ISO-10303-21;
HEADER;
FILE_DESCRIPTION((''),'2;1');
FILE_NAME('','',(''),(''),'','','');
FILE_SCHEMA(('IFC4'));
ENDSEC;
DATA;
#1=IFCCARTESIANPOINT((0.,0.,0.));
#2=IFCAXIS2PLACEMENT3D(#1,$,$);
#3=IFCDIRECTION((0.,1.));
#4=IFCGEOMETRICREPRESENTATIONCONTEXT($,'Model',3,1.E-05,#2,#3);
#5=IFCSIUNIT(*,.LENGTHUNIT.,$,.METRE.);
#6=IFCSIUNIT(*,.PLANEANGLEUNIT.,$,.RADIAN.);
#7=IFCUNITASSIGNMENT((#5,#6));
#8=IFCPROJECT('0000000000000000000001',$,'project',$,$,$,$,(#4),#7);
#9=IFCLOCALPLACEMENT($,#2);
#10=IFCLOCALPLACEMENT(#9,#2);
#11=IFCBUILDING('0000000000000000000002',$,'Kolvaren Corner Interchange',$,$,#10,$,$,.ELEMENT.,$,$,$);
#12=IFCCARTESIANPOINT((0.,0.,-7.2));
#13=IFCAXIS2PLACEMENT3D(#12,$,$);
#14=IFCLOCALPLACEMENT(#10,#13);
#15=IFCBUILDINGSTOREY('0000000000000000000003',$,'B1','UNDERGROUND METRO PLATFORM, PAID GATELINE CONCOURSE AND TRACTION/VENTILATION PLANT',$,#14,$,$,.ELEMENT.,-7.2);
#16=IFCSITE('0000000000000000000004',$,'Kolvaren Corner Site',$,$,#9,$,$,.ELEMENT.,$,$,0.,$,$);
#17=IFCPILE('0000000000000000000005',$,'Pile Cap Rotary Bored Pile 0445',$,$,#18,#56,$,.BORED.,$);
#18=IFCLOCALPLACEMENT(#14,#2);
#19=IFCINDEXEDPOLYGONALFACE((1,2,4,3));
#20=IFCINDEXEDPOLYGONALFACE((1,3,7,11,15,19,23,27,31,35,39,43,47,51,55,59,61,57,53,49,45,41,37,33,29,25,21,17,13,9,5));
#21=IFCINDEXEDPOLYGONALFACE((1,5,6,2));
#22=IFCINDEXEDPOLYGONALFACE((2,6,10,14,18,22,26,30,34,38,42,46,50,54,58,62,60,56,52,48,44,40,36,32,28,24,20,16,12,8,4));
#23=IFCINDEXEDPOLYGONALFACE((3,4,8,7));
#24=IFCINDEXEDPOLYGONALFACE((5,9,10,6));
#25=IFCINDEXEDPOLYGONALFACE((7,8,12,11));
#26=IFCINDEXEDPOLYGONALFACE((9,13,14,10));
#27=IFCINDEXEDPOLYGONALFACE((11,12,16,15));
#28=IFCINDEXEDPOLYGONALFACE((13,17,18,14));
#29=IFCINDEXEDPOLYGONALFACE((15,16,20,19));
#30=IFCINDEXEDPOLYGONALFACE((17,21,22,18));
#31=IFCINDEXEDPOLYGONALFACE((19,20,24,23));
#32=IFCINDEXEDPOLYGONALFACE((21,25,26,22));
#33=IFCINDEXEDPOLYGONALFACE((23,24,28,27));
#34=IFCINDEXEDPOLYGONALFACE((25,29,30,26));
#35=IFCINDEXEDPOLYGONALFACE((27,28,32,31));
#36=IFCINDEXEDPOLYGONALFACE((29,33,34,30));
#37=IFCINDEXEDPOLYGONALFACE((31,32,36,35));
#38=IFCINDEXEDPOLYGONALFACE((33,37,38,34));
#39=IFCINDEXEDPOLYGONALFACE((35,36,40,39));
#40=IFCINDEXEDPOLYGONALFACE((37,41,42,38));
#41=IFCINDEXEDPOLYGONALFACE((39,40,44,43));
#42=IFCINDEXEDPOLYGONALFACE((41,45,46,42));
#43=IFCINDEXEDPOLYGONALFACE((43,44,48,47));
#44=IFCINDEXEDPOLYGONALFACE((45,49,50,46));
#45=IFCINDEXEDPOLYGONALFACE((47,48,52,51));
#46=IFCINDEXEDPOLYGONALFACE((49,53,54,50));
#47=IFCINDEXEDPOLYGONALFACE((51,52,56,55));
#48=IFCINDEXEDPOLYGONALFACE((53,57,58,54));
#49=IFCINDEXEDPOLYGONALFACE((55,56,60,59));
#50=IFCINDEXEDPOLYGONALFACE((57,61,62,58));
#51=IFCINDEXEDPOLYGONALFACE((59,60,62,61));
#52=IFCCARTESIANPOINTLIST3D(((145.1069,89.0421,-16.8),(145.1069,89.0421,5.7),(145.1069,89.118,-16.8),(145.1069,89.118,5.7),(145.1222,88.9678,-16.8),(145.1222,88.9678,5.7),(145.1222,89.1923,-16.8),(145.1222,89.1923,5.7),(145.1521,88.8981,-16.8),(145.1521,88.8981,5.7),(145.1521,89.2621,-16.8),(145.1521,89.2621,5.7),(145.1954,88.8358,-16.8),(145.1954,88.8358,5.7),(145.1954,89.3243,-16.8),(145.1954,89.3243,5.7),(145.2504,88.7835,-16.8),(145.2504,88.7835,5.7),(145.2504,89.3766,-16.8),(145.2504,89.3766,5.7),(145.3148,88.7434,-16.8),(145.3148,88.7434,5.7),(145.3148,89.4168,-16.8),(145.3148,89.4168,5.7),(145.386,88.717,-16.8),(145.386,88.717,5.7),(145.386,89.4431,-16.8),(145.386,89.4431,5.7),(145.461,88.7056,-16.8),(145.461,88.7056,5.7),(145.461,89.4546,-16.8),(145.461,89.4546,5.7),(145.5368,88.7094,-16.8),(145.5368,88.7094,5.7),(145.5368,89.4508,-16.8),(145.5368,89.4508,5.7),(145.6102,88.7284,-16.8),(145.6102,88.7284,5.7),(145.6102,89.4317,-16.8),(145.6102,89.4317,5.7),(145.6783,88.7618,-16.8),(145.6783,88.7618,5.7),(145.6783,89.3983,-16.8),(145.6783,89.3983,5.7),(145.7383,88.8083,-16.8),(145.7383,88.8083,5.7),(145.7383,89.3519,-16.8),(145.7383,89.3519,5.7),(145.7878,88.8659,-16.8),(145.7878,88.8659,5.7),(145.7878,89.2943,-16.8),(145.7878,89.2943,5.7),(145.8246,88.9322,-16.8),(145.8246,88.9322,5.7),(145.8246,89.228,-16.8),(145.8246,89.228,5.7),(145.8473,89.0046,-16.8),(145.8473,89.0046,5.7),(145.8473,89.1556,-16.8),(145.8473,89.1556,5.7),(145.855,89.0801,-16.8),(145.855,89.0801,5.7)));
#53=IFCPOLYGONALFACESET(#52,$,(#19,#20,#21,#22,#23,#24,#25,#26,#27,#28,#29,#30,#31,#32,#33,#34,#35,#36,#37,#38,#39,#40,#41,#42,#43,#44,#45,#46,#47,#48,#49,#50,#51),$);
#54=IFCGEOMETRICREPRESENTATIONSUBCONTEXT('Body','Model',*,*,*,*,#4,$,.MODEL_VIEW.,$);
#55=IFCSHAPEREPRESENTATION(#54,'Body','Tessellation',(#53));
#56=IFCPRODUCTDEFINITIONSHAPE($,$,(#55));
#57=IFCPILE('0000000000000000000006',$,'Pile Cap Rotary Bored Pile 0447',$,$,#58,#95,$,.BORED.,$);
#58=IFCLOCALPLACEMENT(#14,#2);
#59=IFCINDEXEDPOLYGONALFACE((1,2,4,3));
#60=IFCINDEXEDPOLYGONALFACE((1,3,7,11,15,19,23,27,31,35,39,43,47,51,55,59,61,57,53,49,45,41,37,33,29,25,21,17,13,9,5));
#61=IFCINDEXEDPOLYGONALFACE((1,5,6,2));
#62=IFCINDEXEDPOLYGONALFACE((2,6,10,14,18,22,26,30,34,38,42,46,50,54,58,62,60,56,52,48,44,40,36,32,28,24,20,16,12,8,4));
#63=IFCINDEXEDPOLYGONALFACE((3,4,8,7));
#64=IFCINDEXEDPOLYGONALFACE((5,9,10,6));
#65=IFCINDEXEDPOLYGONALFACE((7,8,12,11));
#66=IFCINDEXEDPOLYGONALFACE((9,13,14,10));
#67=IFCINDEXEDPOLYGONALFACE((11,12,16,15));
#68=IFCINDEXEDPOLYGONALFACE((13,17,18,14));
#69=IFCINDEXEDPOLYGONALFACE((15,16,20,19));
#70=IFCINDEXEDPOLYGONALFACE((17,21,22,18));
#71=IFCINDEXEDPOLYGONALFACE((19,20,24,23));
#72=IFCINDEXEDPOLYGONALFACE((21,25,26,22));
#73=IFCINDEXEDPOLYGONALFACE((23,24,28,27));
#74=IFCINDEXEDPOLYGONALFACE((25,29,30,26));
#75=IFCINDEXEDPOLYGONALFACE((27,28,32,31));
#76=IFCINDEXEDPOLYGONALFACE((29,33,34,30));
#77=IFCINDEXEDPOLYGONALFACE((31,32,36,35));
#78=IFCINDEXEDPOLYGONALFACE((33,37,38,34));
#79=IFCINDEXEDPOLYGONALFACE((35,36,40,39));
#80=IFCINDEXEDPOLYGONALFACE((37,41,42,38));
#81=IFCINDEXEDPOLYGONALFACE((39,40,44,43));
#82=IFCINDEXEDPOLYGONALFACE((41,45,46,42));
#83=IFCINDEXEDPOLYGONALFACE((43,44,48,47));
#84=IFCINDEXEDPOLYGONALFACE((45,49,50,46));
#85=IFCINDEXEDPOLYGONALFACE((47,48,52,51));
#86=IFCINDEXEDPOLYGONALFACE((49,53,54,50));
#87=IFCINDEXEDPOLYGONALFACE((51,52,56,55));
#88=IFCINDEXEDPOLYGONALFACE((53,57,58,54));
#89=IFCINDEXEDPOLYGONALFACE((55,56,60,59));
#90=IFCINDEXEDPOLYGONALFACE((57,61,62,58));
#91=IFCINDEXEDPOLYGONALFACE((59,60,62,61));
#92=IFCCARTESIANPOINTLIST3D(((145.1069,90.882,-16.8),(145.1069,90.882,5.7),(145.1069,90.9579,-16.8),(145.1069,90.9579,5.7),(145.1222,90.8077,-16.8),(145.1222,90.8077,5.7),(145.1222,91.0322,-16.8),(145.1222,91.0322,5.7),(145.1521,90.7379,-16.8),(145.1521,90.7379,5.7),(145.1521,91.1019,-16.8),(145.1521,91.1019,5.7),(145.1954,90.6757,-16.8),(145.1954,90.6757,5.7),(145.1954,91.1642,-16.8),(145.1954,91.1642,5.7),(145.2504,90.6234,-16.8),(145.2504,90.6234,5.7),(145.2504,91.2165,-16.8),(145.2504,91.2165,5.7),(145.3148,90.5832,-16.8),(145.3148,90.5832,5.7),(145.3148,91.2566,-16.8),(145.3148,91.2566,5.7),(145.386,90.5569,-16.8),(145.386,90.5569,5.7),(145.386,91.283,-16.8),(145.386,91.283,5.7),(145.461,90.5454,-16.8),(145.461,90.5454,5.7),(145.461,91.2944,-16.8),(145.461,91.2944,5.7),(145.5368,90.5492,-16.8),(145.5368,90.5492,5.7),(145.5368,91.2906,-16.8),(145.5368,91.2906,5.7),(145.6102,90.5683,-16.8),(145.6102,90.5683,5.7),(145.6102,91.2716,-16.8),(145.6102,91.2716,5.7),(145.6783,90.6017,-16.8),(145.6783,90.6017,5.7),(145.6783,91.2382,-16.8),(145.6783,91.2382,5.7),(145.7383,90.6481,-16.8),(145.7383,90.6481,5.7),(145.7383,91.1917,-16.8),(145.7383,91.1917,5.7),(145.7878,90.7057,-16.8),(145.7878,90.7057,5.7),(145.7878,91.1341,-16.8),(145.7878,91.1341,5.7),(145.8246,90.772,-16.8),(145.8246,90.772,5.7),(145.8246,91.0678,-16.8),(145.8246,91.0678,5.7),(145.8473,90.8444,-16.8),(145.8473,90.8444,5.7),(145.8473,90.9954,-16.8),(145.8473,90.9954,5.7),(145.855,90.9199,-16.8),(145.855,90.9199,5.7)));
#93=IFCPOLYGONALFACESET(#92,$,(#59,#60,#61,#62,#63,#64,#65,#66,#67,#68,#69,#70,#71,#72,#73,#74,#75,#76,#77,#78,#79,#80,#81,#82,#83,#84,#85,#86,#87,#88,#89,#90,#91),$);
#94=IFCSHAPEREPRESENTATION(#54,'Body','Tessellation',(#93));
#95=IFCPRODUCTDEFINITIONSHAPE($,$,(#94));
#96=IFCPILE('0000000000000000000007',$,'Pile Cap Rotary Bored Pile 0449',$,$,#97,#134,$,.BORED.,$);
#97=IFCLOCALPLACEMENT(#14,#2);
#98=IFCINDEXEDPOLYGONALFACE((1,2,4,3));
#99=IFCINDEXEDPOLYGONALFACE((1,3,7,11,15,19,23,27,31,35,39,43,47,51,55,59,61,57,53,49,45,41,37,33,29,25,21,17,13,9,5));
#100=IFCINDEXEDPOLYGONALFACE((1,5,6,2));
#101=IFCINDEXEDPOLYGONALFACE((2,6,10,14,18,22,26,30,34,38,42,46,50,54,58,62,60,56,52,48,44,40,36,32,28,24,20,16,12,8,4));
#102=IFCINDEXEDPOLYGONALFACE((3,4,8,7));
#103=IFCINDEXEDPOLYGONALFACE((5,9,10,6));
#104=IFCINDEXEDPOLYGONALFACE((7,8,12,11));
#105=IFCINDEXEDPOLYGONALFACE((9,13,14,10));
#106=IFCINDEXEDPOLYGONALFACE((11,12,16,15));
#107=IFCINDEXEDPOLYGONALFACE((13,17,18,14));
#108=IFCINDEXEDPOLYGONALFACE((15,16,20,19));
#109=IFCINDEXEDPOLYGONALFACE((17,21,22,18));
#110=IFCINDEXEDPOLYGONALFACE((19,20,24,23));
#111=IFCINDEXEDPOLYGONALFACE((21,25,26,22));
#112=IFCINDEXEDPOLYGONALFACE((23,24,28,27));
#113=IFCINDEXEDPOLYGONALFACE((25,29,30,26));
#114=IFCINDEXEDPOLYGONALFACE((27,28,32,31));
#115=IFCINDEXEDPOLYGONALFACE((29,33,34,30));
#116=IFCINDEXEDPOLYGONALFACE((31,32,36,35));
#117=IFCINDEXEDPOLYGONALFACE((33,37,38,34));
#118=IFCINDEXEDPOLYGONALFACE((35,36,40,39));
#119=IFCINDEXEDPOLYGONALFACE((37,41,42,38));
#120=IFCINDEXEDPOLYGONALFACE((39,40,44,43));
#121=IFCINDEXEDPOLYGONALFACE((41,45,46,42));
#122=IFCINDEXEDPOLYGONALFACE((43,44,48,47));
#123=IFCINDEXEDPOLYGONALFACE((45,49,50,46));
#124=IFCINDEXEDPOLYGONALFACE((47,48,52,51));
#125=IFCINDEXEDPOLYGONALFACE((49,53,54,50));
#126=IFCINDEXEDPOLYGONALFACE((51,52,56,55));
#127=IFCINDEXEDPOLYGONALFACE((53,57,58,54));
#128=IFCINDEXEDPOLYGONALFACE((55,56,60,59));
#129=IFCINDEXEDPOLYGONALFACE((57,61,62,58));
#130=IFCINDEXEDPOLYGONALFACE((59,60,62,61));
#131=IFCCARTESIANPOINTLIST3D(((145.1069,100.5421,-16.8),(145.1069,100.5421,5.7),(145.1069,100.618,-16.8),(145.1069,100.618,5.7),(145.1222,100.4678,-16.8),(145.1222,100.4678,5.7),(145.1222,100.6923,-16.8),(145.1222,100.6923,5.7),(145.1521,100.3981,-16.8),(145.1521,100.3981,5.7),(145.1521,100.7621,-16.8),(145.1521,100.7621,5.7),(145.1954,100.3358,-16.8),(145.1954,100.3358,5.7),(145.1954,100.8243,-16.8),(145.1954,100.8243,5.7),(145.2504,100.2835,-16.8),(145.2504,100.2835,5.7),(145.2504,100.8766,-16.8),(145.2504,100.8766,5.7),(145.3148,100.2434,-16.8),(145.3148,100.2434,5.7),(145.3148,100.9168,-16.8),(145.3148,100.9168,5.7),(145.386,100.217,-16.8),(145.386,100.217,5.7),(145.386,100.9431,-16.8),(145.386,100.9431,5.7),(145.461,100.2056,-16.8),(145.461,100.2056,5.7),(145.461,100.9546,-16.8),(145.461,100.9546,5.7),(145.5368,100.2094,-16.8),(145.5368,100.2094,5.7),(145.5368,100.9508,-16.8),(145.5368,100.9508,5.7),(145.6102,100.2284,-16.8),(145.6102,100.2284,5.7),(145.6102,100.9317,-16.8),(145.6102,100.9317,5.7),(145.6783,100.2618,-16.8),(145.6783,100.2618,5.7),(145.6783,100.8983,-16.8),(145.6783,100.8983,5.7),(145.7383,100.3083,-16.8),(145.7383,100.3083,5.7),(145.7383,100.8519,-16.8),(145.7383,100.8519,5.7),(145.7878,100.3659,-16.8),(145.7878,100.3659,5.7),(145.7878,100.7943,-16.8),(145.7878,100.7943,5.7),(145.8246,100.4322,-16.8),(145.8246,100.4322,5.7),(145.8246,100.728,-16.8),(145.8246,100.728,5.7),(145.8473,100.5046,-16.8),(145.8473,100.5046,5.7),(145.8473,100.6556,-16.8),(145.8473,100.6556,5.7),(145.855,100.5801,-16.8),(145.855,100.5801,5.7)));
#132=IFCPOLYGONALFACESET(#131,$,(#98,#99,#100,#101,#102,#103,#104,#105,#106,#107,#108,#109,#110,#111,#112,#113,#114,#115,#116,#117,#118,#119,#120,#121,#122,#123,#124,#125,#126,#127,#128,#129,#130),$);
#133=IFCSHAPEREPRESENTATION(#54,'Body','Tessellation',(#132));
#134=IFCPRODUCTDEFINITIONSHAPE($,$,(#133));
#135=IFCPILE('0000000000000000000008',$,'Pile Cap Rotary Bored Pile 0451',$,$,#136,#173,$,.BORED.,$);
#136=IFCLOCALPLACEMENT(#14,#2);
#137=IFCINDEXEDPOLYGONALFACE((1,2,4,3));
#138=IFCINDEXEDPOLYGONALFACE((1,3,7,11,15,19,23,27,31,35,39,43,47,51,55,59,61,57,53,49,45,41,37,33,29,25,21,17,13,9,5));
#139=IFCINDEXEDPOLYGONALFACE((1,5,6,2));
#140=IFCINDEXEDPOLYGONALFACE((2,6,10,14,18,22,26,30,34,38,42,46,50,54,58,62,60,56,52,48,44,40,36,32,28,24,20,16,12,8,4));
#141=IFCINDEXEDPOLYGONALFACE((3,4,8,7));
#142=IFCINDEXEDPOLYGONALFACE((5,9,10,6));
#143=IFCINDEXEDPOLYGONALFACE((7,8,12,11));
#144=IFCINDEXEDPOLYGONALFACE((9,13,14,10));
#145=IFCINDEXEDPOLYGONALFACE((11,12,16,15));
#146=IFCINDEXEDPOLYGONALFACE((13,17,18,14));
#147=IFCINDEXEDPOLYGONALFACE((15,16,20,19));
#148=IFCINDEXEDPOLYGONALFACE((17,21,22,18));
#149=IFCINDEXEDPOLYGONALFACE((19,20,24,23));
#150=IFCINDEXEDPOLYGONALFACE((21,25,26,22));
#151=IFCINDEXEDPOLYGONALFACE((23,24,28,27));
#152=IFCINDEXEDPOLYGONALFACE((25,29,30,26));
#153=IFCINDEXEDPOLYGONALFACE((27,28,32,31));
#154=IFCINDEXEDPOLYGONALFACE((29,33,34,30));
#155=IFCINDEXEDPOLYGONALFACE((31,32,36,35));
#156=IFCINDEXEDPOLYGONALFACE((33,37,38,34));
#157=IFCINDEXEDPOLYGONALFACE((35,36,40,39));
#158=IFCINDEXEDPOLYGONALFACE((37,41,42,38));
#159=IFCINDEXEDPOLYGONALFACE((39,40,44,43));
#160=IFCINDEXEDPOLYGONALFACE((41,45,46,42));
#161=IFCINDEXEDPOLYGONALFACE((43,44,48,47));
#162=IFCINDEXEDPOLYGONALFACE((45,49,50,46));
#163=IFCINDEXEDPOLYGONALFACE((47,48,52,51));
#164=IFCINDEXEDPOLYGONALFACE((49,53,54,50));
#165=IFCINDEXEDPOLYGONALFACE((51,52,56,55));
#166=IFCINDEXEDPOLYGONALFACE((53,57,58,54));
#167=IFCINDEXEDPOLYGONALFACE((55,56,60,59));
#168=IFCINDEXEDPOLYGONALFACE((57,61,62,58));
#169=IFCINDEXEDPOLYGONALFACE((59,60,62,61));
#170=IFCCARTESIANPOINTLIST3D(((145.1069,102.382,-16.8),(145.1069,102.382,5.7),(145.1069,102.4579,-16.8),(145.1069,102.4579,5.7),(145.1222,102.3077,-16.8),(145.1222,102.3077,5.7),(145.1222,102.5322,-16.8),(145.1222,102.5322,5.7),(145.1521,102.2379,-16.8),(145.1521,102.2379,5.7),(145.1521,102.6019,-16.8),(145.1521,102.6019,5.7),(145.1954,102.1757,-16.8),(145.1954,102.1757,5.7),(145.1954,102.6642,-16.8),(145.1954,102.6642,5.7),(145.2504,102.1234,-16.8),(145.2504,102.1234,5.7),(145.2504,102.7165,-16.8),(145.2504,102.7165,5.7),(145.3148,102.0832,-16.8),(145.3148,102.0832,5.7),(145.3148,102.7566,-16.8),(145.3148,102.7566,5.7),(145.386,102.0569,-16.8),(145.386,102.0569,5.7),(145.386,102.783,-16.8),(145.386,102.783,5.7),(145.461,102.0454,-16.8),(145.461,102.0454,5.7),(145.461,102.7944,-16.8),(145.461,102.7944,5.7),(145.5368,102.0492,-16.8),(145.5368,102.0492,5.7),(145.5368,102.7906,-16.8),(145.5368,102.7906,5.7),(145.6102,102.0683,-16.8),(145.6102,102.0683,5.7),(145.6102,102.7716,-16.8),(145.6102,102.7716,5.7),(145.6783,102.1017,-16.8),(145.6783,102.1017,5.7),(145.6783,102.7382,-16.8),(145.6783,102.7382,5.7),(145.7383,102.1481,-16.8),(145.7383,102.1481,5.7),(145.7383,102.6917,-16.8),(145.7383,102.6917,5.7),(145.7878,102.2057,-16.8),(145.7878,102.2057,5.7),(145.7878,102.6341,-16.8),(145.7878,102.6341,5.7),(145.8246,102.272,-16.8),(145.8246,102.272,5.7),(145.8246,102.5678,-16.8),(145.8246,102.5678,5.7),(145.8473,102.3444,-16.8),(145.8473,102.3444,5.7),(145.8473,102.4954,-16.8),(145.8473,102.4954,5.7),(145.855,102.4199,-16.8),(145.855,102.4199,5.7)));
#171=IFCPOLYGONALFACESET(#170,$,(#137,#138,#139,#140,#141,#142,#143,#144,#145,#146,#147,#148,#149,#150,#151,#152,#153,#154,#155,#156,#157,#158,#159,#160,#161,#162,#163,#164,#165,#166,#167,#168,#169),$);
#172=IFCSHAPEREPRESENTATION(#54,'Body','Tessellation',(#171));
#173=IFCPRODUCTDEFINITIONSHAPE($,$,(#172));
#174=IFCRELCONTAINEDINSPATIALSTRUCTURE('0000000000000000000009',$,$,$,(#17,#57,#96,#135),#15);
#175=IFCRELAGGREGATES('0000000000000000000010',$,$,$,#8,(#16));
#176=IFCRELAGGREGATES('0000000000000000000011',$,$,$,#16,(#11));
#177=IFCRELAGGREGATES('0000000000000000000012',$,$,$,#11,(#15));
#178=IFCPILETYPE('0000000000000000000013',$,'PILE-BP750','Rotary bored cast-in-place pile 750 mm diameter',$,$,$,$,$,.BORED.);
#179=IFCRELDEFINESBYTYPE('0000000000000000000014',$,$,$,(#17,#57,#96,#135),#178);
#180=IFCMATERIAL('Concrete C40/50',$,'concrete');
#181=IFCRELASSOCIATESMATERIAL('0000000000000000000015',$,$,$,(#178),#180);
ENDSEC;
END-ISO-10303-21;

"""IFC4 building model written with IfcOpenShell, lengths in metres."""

from ifc_helpers import new_model, si_unit, direction, frame, origin, origin_2d, place, context, subcontext, project, spatial, circle, extrude, material, material_profile, profile_set, type_object, element, save


model = new_model("IFC4")

# Units and contexts
model_context = context("Model", 3, precision=1e-05, world=origin(), true_north=direction((0.0, 1.0)))
body_context = subcontext(model_context, "Body", "Model", "MODEL_VIEW")
ifc_project = project(units=[si_unit("LENGTHUNIT", "METRE"), si_unit("PLANEANGLEUNIT", "RADIAN")], contexts=[model_context])

# Site, building, storey
site_placement = place(None, origin())
site = spatial("IfcSite", under=ifc_project, at=site_placement, Name="Kolvaren Corner Site", CompositionType="ELEMENT", RefElevation=0.0)
building_placement = place(site_placement, origin())
building = spatial("IfcBuilding", under=site, at=building_placement, Name="Kolvaren Corner Interchange", CompositionType="ELEMENT")
storey_placement = place(building_placement, frame((0.0, 0.0, -7.2)))
storey = spatial("IfcBuildingStorey", under=building, at=storey_placement, Name="B1", Description="UNDERGROUND METRO PLATFORM, PAID GATELINE CONCOURSE AND TRACTION/VENTILATION PLANT", CompositionType="ELEMENT", Elevation=-7.2)

# Piles
ifc_material_1 = material(Name="Concrete C40/50", Category="concrete")
ifc_material_profile = material_profile(ifc_material_1, circle(Radius=0.375, at=origin_2d()), Name="BORED PILE 750")
ifc_profile_set = profile_set([ifc_material_profile], Name="Concrete C40/50")
pile_type = type_object("IfcPileType", Name="PILE-BP750", Description="Rotary bored cast-in-place pile 750 mm diameter", PredefinedType="BORED", material=ifc_profile_set)
for number, where, z_axis, x_axis, name in (
    (1, (145.48, 89.0801, 5.7), (0.0, 0.0, -1.0), (1.0, 0.0, 0.0), "Pile Cap Rotary Bored Pile 0445"),
    (2, (145.48, 90.9199, 5.7), (0.0, 0.0, -1.0), (1.0, 0.0, 0.0), "Pile Cap Rotary Bored Pile 0447"),
    (3, (145.48, 100.5801, 5.7), (0.0, 0.0, -1.0), (1.0, 0.0, 0.0), "Pile Cap Rotary Bored Pile 0449"),
    (4, (145.48, 102.4199, 5.7), (0.0, 0.0, -1.0), (1.0, 0.0, 0.0), "Pile Cap Rotary Bored Pile 0451"),
):
    element("IfcPile", number, at=place(storey_placement, frame(where, z_axis=z_axis, x_axis=x_axis)), inside=storey, type_object=pile_type, Name=name, PredefinedType="BORED", context=body_context, shape_type="SweptSolid", body=[
        extrude(circle(Radius=0.375, at=origin_2d()), origin(), (0.0, 0.0, 1.0), 22.5),
    ])

save(model, "model.ifc")
